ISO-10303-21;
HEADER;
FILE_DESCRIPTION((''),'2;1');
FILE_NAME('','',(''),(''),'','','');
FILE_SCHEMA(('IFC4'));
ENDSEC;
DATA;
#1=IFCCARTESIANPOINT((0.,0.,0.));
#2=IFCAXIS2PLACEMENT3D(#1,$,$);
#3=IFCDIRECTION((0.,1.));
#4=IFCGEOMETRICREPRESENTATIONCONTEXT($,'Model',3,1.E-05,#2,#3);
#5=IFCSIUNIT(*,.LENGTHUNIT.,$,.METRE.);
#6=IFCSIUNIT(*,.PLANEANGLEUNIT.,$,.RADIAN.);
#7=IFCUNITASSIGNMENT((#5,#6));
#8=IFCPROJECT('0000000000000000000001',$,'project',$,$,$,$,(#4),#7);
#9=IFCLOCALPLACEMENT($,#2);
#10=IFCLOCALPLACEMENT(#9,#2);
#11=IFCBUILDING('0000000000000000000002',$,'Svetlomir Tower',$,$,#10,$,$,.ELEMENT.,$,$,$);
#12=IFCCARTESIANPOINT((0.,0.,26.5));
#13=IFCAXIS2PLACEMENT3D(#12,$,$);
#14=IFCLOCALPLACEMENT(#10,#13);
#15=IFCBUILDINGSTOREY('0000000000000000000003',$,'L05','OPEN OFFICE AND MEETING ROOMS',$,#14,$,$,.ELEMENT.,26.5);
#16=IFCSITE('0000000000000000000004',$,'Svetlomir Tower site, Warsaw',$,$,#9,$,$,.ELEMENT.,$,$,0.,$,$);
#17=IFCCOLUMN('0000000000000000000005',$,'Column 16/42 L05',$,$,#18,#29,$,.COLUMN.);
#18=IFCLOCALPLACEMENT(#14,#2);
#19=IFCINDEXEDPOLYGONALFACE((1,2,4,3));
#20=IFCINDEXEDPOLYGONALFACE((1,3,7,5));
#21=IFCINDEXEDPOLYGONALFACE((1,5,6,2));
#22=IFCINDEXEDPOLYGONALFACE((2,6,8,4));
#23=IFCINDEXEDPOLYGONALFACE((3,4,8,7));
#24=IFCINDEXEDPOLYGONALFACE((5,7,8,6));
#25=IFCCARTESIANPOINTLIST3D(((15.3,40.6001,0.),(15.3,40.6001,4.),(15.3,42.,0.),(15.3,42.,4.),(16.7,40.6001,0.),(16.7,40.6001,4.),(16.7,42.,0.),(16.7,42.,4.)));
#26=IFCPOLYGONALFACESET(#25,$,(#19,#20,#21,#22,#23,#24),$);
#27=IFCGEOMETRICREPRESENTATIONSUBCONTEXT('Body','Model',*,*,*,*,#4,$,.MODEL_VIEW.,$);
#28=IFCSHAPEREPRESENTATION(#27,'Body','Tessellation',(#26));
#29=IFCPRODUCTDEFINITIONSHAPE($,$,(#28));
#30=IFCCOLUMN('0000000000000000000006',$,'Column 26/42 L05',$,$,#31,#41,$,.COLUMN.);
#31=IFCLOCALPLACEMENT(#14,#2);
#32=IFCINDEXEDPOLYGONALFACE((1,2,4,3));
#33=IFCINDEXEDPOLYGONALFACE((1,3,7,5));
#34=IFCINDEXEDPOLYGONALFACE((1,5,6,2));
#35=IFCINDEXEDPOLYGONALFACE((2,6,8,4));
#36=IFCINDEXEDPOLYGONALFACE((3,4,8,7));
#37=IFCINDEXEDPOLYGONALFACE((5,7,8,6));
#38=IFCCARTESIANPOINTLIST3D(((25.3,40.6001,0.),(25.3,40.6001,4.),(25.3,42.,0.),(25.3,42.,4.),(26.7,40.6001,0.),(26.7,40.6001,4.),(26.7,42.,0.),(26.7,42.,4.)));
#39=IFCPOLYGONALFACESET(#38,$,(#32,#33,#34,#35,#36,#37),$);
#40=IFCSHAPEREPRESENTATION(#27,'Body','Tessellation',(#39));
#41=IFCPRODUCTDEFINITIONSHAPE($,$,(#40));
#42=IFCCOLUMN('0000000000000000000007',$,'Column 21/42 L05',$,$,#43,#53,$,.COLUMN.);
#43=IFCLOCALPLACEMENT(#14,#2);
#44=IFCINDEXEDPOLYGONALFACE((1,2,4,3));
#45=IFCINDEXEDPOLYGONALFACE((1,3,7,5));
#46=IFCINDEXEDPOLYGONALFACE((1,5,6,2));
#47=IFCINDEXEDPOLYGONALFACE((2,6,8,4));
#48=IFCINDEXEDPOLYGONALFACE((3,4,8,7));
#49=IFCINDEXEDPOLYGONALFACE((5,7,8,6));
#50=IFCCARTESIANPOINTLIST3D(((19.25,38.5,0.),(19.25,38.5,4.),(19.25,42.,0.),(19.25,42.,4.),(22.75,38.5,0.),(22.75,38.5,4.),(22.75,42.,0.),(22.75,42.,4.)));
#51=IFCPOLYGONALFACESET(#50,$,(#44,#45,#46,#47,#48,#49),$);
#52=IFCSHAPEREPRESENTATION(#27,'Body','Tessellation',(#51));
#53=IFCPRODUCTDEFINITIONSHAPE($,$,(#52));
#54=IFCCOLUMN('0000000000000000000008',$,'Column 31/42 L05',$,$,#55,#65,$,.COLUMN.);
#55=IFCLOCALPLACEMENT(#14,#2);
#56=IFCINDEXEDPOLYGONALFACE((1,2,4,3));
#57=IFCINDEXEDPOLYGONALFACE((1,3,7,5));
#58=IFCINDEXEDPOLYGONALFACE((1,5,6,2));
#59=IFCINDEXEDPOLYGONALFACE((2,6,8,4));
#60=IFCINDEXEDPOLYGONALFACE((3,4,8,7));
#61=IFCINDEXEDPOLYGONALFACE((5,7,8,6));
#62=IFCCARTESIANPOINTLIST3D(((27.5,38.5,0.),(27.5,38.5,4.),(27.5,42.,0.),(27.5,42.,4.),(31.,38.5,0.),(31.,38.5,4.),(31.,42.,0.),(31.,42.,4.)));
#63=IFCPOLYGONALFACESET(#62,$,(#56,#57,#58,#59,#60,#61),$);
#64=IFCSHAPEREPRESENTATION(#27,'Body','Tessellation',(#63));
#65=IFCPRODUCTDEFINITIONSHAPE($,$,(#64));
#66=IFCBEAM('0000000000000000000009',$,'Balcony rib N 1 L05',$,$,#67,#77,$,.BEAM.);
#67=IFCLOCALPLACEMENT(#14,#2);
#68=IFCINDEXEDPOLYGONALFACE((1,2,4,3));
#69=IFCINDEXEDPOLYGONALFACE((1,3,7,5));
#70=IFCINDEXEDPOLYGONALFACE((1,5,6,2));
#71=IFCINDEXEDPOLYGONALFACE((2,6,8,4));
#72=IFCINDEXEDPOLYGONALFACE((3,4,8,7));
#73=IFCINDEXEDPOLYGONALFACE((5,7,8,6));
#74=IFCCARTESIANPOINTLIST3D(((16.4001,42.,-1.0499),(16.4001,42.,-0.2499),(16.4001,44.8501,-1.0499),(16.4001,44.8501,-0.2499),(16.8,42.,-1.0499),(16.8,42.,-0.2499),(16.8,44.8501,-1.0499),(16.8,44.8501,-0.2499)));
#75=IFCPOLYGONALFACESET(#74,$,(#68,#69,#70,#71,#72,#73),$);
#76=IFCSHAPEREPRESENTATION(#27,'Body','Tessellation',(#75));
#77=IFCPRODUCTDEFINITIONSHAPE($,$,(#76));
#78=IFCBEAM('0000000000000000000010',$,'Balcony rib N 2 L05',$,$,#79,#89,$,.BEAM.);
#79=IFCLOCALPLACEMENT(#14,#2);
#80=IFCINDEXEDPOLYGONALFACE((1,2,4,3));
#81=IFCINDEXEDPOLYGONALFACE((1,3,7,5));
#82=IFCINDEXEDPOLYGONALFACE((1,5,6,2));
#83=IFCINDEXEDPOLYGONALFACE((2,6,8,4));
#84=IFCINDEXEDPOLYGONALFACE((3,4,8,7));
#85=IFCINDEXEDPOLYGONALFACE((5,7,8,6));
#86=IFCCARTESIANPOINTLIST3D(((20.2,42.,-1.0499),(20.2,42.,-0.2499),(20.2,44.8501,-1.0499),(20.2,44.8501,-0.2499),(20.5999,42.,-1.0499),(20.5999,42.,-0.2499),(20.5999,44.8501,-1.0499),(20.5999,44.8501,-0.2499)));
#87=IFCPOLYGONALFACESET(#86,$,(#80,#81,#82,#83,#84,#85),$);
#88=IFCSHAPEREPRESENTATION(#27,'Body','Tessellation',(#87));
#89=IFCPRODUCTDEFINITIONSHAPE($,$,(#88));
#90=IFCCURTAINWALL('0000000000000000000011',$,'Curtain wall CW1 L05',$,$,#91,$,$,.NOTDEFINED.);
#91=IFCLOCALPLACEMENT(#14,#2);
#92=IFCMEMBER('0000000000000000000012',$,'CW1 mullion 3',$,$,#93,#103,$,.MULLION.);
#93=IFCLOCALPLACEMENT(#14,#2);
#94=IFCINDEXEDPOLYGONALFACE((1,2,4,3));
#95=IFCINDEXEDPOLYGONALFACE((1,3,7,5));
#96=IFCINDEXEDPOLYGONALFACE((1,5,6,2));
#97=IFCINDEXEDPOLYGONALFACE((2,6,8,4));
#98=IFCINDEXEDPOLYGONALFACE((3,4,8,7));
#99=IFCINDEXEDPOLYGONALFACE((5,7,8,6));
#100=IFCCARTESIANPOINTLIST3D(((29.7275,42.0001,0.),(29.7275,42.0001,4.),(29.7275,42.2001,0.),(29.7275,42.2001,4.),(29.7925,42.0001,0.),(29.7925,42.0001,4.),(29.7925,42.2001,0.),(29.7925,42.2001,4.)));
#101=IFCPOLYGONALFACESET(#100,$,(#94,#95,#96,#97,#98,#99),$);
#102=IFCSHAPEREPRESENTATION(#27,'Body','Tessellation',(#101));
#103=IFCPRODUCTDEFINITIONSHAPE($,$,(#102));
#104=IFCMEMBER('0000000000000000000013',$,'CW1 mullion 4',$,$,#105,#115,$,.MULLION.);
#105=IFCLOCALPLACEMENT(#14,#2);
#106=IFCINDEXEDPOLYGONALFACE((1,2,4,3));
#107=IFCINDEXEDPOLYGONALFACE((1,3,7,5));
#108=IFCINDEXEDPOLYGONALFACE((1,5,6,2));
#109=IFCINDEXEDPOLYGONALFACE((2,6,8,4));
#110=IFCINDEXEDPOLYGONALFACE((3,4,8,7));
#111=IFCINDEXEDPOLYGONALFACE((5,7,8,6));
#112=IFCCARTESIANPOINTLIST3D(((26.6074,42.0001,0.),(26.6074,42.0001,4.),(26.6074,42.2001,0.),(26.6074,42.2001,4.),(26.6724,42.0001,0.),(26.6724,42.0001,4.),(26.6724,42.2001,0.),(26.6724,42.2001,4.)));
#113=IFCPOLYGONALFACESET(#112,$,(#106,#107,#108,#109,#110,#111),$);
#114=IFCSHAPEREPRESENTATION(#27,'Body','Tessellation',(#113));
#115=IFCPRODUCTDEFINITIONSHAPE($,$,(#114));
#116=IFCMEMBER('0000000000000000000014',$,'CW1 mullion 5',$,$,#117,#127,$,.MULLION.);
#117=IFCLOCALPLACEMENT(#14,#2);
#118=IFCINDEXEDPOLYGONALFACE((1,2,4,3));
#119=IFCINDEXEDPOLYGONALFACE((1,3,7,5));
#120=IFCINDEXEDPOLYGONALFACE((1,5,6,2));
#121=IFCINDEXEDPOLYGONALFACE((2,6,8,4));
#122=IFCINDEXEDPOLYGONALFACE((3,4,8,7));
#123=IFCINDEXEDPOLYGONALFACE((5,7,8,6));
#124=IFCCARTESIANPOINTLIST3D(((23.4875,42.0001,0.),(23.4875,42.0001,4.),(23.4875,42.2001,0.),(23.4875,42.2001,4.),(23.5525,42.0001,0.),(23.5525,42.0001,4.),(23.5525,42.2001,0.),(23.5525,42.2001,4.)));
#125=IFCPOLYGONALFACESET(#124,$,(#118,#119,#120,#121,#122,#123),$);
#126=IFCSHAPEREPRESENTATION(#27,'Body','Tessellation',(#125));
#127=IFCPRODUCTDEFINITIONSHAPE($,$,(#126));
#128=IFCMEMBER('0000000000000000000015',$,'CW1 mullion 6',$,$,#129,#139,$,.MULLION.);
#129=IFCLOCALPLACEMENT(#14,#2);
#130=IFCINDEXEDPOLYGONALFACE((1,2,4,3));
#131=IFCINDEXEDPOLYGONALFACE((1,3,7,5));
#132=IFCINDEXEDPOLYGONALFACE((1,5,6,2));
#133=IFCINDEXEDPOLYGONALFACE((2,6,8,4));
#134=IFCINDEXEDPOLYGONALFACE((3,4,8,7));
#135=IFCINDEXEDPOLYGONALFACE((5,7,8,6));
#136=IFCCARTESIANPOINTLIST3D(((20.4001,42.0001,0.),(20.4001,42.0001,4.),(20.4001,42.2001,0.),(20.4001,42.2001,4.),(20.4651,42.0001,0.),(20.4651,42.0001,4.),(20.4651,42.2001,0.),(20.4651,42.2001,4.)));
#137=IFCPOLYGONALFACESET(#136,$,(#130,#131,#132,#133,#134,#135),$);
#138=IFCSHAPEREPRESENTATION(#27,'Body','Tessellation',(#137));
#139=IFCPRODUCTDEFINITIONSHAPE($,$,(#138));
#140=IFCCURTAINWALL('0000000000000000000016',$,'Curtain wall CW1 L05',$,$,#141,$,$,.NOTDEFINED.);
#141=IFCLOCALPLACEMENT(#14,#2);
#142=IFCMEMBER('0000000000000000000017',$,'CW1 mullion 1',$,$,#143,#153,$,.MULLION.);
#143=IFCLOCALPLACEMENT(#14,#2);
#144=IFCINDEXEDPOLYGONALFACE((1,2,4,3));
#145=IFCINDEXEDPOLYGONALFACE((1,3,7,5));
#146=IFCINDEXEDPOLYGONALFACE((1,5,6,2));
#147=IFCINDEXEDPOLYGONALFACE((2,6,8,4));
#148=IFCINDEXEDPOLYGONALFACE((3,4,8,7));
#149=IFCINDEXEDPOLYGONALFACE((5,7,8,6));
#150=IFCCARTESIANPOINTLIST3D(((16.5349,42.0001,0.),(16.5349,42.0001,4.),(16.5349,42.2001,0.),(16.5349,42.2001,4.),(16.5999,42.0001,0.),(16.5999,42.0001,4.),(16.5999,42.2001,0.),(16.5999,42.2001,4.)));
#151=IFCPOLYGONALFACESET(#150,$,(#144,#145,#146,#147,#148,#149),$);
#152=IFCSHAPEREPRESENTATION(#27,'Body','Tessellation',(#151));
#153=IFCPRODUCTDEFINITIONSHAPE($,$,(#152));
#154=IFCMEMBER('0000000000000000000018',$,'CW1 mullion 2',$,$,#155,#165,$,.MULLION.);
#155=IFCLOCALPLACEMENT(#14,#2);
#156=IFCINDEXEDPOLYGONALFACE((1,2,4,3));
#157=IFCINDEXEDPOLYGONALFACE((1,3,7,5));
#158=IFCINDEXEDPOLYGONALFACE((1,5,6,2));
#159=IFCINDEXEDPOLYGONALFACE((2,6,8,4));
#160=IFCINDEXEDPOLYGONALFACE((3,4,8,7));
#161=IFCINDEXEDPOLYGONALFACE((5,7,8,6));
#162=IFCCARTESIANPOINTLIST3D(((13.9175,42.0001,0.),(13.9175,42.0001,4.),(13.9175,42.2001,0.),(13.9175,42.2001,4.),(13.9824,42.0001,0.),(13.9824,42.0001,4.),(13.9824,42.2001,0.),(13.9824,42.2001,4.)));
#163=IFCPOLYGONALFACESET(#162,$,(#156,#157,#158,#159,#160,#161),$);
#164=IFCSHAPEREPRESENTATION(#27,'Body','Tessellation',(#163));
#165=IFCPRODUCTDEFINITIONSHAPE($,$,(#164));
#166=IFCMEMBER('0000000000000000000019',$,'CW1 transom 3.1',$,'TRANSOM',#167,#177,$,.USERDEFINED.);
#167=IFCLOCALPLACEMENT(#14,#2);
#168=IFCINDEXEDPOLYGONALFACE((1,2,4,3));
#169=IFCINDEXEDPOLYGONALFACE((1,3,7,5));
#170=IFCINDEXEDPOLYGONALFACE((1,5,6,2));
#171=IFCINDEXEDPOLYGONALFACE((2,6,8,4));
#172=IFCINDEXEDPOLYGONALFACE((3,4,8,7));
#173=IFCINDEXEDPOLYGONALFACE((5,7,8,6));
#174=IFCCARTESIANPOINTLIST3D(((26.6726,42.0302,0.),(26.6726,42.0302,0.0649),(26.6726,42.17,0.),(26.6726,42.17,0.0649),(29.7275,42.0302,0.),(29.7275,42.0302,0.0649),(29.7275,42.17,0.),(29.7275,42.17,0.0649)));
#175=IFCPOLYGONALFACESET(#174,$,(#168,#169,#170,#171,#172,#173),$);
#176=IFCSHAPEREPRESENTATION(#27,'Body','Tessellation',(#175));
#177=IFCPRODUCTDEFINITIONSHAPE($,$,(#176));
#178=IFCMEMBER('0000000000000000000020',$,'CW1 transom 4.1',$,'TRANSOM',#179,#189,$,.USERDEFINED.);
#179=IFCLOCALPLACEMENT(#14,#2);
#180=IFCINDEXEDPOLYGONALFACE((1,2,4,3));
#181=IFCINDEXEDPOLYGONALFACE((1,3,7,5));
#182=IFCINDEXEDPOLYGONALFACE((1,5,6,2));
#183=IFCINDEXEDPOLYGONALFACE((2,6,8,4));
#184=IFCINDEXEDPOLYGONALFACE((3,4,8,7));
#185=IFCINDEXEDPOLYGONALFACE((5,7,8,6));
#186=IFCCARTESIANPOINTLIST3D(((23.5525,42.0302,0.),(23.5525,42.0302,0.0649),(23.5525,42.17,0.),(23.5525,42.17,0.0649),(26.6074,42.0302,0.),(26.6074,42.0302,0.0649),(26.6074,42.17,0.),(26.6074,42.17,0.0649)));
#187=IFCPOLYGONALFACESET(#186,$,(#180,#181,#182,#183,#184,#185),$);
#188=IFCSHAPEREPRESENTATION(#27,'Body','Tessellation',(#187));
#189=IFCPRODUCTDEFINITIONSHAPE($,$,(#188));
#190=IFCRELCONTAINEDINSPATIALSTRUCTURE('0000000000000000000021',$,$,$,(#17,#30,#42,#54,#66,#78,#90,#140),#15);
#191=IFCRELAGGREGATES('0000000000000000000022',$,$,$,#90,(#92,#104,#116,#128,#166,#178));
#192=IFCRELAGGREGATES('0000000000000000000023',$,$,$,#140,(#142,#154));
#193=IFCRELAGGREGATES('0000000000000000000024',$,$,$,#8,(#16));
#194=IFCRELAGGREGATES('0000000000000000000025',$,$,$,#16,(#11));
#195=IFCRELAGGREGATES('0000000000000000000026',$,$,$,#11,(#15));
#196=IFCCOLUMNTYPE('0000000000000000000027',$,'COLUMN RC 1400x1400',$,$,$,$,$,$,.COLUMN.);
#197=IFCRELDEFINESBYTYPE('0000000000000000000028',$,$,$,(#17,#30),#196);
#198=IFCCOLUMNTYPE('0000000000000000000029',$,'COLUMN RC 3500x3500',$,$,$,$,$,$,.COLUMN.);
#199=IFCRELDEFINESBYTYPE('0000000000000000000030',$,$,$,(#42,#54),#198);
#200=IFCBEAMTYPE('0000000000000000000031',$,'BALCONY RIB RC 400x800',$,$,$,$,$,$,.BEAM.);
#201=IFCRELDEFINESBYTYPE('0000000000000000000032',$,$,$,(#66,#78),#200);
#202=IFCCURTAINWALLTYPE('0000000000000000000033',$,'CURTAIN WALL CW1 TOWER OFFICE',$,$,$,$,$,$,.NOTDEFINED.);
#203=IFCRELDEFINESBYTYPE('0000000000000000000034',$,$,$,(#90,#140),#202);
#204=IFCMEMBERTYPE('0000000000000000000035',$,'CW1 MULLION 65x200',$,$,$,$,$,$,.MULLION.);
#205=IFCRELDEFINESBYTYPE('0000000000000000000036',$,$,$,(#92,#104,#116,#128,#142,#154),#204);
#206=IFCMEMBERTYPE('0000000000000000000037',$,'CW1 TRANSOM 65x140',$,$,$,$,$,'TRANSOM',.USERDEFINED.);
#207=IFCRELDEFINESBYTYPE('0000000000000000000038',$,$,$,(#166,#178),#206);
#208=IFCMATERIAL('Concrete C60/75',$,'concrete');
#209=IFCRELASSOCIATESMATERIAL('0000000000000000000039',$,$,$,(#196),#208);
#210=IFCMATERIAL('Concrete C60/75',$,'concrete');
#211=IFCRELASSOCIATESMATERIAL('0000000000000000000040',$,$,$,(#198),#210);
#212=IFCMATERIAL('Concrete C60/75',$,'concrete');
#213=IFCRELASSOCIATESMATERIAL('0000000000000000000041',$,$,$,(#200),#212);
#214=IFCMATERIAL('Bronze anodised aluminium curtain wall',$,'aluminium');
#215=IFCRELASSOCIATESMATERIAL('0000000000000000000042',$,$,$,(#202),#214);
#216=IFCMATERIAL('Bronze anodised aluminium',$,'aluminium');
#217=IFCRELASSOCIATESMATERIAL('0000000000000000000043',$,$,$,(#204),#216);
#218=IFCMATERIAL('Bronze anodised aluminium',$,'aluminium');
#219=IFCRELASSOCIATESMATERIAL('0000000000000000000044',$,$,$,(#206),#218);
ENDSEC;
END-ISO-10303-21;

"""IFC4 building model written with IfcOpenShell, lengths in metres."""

from ifc_helpers import new_model, si_unit, direction, frame, origin, origin_2d, place, context, subcontext, project, spatial, rectangle, extrude, material, material_profile, profile_set, type_object, element, aggregate, save


model = new_model("IFC4")

# Units and contexts
model_context = context("Model", 3, precision=1e-05, world=origin(), true_north=direction((0.0, 1.0)))
body_context = subcontext(model_context, "Body", "Model", "MODEL_VIEW")
ifc_project = project(units=[si_unit("LENGTHUNIT", "METRE"), si_unit("PLANEANGLEUNIT", "RADIAN")], contexts=[model_context])

# Site, building, storey
site_placement = place(None, origin())
site = spatial("IfcSite", under=ifc_project, at=site_placement, Name="Svetlomir Tower site, Warsaw", CompositionType="ELEMENT", RefElevation=0.0)
building_placement = place(site_placement, origin())
building = spatial("IfcBuilding", under=site, at=building_placement, Name="Svetlomir Tower", CompositionType="ELEMENT")
storey_placement = place(building_placement, frame((0.0, 0.0, 26.5)))
storey = spatial("IfcBuildingStorey", under=building, at=storey_placement, Name="L05", Description="OPEN OFFICE AND MEETING ROOMS", CompositionType="ELEMENT", Elevation=26.5)

# Columns
ifc_material_1 = material(Name="Concrete C60/75", Category="concrete")
ifc_material_profile_1 = material_profile(ifc_material_1, rectangle(XDim=1.3999, YDim=1.3999, at=origin_2d()), Name="RC 1400x1400")
ifc_profile_set_1 = profile_set([ifc_material_profile_1], Name="Concrete C60/75")
column_type_1 = type_object("IfcColumnType", Name="COLUMN RC 1400x1400", PredefinedType="COLUMN", material=ifc_profile_set_1)
for number, where, z_axis, x_axis, name in (
    (1, (16.0, 41.3, 0.0), (0.0, 0.0, 1.0), (1.0, 0.0, 0.0), "Column 16/42 L05"),
    (2, (26.0, 41.3, 0.0), (0.0, 0.0, 1.0), (1.0, 0.0, 0.0), "Column 26/42 L05"),
):
    element("IfcColumn", number, at=place(storey_placement, frame(where, z_axis=z_axis, x_axis=x_axis)), inside=storey, type_object=column_type_1, Name=name, PredefinedType="COLUMN", context=body_context, shape_type="SweptSolid", body=[
        extrude(rectangle(XDim=1.3999, YDim=1.3999, at=origin_2d()), origin(), (0.0, 0.0, 1.0), 4.0),
    ])
ifc_material_2 = material(Name="Concrete C60/75", Category="concrete")
ifc_material_profile_2 = material_profile(ifc_material_2, rectangle(XDim=3.5, YDim=3.5, at=origin_2d()), Name="RC 3500x3500")
ifc_profile_set_2 = profile_set([ifc_material_profile_2], Name="Concrete C60/75")
column_type_2 = type_object("IfcColumnType", Name="COLUMN RC 3500x3500", PredefinedType="COLUMN", material=ifc_profile_set_2)
for number, where, z_axis, x_axis, name in (
    (3, (21.0, 40.25, 0.0), (0.0, 0.0, 1.0), (1.0, 0.0, 0.0), "Column 21/42 L05"),
    (4, (29.25, 40.25, 0.0), (0.0, 0.0, 1.0), (1.0, 0.0, 0.0), "Column 31/42 L05"),
):
    element("IfcColumn", number, at=place(storey_placement, frame(where, z_axis=z_axis, x_axis=x_axis)), inside=storey, type_object=column_type_2, Name=name, PredefinedType="COLUMN", context=body_context, shape_type="SweptSolid", body=[
        extrude(rectangle(XDim=3.5, YDim=3.5, at=origin_2d()), origin(), (0.0, 0.0, 1.0), 4.0),
    ])

# Beams
ifc_material_3 = material(Name="Concrete C60/75", Category="concrete")
ifc_material_profile_3 = material_profile(ifc_material_3, rectangle(XDim=0.3999, YDim=0.8, at=origin_2d()), Name="RC 400x800")
ifc_profile_set_3 = profile_set([ifc_material_profile_3], Name="Concrete C60/75")
beam_type_1 = type_object("IfcBeamType", Name="BALCONY RIB RC 400x800", PredefinedType="BEAM", material=ifc_profile_set_3)
for number, where, z_axis, x_axis, name in (
    (5, (16.6001, 42.0, -0.6499), (0.0, 1.0, 0.0), (-1.0, 0.0, 0.0), "Balcony rib N 1 L05"),
    (6, (20.3999, 42.0, -0.6499), (0.0, 1.0, 0.0), (-1.0, 0.0, 0.0), "Balcony rib N 2 L05"),
):
    element("IfcBeam", number, at=place(storey_placement, frame(where, z_axis=z_axis, x_axis=x_axis)), inside=storey, type_object=beam_type_1, Name=name, PredefinedType="BEAM", context=body_context, shape_type="SweptSolid", body=[
        extrude(rectangle(XDim=0.3999, YDim=0.8, at=origin_2d()), origin(), (0.0, 0.0, 1.0), 2.8501),
    ])

# Curtain walls, members
ifc_material_4 = material(Name="Bronze anodised aluminium curtain wall", Category="aluminium")
curtain_wall_type = type_object("IfcCurtainWallType", Name="CURTAIN WALL CW1 TOWER OFFICE", PredefinedType="NOTDEFINED", material=ifc_material_4)
curtain_wall_1_placement = place(storey_placement, origin())
curtain_wall_1 = element("IfcCurtainWall", 7, at=curtain_wall_1_placement, inside=storey, type_object=curtain_wall_type, Name="Curtain wall CW1 L05", PredefinedType="NOTDEFINED")
ifc_material_5 = material(Name="Bronze anodised aluminium", Category="aluminium")
ifc_material_profile_4 = material_profile(ifc_material_5, rectangle(XDim=0.0649, YDim=0.2, at=origin_2d()), Name="AL 65x200")
ifc_profile_set_4 = profile_set([ifc_material_profile_4], Name="Bronze anodised aluminium 6063-T6")
member_type_1 = type_object("IfcMemberType", Name="CW1 MULLION 65x200", PredefinedType="MULLION", material=ifc_profile_set_4)
member_1_placement = place(storey_placement, frame((29.76, 42.1001, 0.0), z_axis=(0.0, 0.0, 1.0), x_axis=(-1.0, 0.0, 0.0)))
member_1 = element("IfcMember", 8, at=member_1_placement, type_object=member_type_1, Name="CW1 mullion 3", PredefinedType="MULLION", context=body_context, shape_type="SweptSolid", body=[
    extrude(rectangle(XDim=0.0649, YDim=0.2, at=origin_2d()), origin(), (0.0, 0.0, 1.0), 4.0),
])
member_2_placement = place(storey_placement, frame((26.6399, 42.1001, 0.0), z_axis=(0.0, 0.0, 1.0), x_axis=(-1.0, 0.0, 0.0)))
member_2 = element("IfcMember", 9, at=member_2_placement, type_object=member_type_1, Name="CW1 mullion 4", PredefinedType="MULLION", context=body_context, shape_type="SweptSolid", body=[
    extrude(rectangle(XDim=0.0649, YDim=0.2, at=origin_2d()), origin(), (0.0, 0.0, 1.0), 4.0),
])
member_3_placement = place(storey_placement, frame((23.52, 42.1001, 0.0), z_axis=(0.0, 0.0, 1.0), x_axis=(-1.0, 0.0, 0.0)))
member_3 = element("IfcMember", 10, at=member_3_placement, type_object=member_type_1, Name="CW1 mullion 5", PredefinedType="MULLION", context=body_context, shape_type="SweptSolid", body=[
    extrude(rectangle(XDim=0.0649, YDim=0.2, at=origin_2d()), origin(), (0.0, 0.0, 1.0), 4.0),
])
member_4_placement = place(storey_placement, frame((20.4326, 42.1001, 0.0), z_axis=(0.0, 0.0, 1.0), x_axis=(-1.0, 0.0, 0.0)))
member_4 = element("IfcMember", 11, at=member_4_placement, type_object=member_type_1, Name="CW1 mullion 6", PredefinedType="MULLION", context=body_context, shape_type="SweptSolid", body=[
    extrude(rectangle(XDim=0.0649, YDim=0.2, at=origin_2d()), origin(), (0.0, 0.0, 1.0), 4.0),
])
curtain_wall_2_placement = place(storey_placement, origin())
curtain_wall_2 = element("IfcCurtainWall", 12, at=curtain_wall_2_placement, inside=storey, type_object=curtain_wall_type, Name="Curtain wall CW1 L05", PredefinedType="NOTDEFINED")
member_5_placement = place(storey_placement, frame((16.5674, 42.1001, 0.0), z_axis=(0.0, 0.0, 1.0), x_axis=(-1.0, 0.0, 0.0)))
member_5 = element("IfcMember", 13, at=member_5_placement, type_object=member_type_1, Name="CW1 mullion 1", PredefinedType="MULLION", context=body_context, shape_type="SweptSolid", body=[
    extrude(rectangle(XDim=0.0649, YDim=0.2, at=origin_2d()), origin(), (0.0, 0.0, 1.0), 4.0),
])
member_6_placement = place(storey_placement, frame((13.95, 42.1001, 0.0), z_axis=(0.0, 0.0, 1.0), x_axis=(-1.0, 0.0, 0.0)))
member_6 = element("IfcMember", 14, at=member_6_placement, type_object=member_type_1, Name="CW1 mullion 2", PredefinedType="MULLION", context=body_context, shape_type="SweptSolid", body=[
    extrude(rectangle(XDim=0.0649, YDim=0.2, at=origin_2d()), origin(), (0.0, 0.0, 1.0), 4.0),
])

# Members
ifc_material_6 = material(Name="Bronze anodised aluminium", Category="aluminium")
ifc_material_profile_5 = material_profile(ifc_material_6, rectangle(XDim=0.1399, YDim=0.0649, at=origin_2d()), Name="AL 140x65")
ifc_profile_set_5 = profile_set([ifc_material_profile_5], Name="Bronze anodised aluminium 6063-T6")
member_type_2 = type_object("IfcMemberType", Name="CW1 TRANSOM 65x140", ElementType="TRANSOM", PredefinedType="USERDEFINED", material=ifc_profile_set_5)
member_7_placement = place(storey_placement, frame((29.7275, 42.1001, 0.0325), z_axis=(-1.0, 0.0, 0.0), x_axis=(0.0, -1.0, 0.0)))
member_7 = element("IfcMember", 15, at=member_7_placement, type_object=member_type_2, Name="CW1 transom 3.1", ObjectType="TRANSOM", PredefinedType="USERDEFINED", context=body_context, shape_type="SweptSolid", body=[
    extrude(rectangle(XDim=0.1399, YDim=0.0649, at=origin_2d()), origin(), (0.0, 0.0, 1.0), 3.0549),
])
member_8_placement = place(storey_placement, frame((26.6074, 42.1001, 0.0325), z_axis=(-1.0, 0.0, 0.0), x_axis=(0.0, -1.0, 0.0)))
member_8 = element("IfcMember", 16, at=member_8_placement, type_object=member_type_2, Name="CW1 transom 4.1", ObjectType="TRANSOM", PredefinedType="USERDEFINED", context=body_context, shape_type="SweptSolid", body=[
    extrude(rectangle(XDim=0.1399, YDim=0.0649, at=origin_2d()), origin(), (0.0, 0.0, 1.0), 3.0549),
])

aggregate(curtain_wall_1, [member_1, member_2, member_3, member_4, member_7, member_8])
aggregate(curtain_wall_2, [member_5, member_6])

save(model, "model.ifc")
